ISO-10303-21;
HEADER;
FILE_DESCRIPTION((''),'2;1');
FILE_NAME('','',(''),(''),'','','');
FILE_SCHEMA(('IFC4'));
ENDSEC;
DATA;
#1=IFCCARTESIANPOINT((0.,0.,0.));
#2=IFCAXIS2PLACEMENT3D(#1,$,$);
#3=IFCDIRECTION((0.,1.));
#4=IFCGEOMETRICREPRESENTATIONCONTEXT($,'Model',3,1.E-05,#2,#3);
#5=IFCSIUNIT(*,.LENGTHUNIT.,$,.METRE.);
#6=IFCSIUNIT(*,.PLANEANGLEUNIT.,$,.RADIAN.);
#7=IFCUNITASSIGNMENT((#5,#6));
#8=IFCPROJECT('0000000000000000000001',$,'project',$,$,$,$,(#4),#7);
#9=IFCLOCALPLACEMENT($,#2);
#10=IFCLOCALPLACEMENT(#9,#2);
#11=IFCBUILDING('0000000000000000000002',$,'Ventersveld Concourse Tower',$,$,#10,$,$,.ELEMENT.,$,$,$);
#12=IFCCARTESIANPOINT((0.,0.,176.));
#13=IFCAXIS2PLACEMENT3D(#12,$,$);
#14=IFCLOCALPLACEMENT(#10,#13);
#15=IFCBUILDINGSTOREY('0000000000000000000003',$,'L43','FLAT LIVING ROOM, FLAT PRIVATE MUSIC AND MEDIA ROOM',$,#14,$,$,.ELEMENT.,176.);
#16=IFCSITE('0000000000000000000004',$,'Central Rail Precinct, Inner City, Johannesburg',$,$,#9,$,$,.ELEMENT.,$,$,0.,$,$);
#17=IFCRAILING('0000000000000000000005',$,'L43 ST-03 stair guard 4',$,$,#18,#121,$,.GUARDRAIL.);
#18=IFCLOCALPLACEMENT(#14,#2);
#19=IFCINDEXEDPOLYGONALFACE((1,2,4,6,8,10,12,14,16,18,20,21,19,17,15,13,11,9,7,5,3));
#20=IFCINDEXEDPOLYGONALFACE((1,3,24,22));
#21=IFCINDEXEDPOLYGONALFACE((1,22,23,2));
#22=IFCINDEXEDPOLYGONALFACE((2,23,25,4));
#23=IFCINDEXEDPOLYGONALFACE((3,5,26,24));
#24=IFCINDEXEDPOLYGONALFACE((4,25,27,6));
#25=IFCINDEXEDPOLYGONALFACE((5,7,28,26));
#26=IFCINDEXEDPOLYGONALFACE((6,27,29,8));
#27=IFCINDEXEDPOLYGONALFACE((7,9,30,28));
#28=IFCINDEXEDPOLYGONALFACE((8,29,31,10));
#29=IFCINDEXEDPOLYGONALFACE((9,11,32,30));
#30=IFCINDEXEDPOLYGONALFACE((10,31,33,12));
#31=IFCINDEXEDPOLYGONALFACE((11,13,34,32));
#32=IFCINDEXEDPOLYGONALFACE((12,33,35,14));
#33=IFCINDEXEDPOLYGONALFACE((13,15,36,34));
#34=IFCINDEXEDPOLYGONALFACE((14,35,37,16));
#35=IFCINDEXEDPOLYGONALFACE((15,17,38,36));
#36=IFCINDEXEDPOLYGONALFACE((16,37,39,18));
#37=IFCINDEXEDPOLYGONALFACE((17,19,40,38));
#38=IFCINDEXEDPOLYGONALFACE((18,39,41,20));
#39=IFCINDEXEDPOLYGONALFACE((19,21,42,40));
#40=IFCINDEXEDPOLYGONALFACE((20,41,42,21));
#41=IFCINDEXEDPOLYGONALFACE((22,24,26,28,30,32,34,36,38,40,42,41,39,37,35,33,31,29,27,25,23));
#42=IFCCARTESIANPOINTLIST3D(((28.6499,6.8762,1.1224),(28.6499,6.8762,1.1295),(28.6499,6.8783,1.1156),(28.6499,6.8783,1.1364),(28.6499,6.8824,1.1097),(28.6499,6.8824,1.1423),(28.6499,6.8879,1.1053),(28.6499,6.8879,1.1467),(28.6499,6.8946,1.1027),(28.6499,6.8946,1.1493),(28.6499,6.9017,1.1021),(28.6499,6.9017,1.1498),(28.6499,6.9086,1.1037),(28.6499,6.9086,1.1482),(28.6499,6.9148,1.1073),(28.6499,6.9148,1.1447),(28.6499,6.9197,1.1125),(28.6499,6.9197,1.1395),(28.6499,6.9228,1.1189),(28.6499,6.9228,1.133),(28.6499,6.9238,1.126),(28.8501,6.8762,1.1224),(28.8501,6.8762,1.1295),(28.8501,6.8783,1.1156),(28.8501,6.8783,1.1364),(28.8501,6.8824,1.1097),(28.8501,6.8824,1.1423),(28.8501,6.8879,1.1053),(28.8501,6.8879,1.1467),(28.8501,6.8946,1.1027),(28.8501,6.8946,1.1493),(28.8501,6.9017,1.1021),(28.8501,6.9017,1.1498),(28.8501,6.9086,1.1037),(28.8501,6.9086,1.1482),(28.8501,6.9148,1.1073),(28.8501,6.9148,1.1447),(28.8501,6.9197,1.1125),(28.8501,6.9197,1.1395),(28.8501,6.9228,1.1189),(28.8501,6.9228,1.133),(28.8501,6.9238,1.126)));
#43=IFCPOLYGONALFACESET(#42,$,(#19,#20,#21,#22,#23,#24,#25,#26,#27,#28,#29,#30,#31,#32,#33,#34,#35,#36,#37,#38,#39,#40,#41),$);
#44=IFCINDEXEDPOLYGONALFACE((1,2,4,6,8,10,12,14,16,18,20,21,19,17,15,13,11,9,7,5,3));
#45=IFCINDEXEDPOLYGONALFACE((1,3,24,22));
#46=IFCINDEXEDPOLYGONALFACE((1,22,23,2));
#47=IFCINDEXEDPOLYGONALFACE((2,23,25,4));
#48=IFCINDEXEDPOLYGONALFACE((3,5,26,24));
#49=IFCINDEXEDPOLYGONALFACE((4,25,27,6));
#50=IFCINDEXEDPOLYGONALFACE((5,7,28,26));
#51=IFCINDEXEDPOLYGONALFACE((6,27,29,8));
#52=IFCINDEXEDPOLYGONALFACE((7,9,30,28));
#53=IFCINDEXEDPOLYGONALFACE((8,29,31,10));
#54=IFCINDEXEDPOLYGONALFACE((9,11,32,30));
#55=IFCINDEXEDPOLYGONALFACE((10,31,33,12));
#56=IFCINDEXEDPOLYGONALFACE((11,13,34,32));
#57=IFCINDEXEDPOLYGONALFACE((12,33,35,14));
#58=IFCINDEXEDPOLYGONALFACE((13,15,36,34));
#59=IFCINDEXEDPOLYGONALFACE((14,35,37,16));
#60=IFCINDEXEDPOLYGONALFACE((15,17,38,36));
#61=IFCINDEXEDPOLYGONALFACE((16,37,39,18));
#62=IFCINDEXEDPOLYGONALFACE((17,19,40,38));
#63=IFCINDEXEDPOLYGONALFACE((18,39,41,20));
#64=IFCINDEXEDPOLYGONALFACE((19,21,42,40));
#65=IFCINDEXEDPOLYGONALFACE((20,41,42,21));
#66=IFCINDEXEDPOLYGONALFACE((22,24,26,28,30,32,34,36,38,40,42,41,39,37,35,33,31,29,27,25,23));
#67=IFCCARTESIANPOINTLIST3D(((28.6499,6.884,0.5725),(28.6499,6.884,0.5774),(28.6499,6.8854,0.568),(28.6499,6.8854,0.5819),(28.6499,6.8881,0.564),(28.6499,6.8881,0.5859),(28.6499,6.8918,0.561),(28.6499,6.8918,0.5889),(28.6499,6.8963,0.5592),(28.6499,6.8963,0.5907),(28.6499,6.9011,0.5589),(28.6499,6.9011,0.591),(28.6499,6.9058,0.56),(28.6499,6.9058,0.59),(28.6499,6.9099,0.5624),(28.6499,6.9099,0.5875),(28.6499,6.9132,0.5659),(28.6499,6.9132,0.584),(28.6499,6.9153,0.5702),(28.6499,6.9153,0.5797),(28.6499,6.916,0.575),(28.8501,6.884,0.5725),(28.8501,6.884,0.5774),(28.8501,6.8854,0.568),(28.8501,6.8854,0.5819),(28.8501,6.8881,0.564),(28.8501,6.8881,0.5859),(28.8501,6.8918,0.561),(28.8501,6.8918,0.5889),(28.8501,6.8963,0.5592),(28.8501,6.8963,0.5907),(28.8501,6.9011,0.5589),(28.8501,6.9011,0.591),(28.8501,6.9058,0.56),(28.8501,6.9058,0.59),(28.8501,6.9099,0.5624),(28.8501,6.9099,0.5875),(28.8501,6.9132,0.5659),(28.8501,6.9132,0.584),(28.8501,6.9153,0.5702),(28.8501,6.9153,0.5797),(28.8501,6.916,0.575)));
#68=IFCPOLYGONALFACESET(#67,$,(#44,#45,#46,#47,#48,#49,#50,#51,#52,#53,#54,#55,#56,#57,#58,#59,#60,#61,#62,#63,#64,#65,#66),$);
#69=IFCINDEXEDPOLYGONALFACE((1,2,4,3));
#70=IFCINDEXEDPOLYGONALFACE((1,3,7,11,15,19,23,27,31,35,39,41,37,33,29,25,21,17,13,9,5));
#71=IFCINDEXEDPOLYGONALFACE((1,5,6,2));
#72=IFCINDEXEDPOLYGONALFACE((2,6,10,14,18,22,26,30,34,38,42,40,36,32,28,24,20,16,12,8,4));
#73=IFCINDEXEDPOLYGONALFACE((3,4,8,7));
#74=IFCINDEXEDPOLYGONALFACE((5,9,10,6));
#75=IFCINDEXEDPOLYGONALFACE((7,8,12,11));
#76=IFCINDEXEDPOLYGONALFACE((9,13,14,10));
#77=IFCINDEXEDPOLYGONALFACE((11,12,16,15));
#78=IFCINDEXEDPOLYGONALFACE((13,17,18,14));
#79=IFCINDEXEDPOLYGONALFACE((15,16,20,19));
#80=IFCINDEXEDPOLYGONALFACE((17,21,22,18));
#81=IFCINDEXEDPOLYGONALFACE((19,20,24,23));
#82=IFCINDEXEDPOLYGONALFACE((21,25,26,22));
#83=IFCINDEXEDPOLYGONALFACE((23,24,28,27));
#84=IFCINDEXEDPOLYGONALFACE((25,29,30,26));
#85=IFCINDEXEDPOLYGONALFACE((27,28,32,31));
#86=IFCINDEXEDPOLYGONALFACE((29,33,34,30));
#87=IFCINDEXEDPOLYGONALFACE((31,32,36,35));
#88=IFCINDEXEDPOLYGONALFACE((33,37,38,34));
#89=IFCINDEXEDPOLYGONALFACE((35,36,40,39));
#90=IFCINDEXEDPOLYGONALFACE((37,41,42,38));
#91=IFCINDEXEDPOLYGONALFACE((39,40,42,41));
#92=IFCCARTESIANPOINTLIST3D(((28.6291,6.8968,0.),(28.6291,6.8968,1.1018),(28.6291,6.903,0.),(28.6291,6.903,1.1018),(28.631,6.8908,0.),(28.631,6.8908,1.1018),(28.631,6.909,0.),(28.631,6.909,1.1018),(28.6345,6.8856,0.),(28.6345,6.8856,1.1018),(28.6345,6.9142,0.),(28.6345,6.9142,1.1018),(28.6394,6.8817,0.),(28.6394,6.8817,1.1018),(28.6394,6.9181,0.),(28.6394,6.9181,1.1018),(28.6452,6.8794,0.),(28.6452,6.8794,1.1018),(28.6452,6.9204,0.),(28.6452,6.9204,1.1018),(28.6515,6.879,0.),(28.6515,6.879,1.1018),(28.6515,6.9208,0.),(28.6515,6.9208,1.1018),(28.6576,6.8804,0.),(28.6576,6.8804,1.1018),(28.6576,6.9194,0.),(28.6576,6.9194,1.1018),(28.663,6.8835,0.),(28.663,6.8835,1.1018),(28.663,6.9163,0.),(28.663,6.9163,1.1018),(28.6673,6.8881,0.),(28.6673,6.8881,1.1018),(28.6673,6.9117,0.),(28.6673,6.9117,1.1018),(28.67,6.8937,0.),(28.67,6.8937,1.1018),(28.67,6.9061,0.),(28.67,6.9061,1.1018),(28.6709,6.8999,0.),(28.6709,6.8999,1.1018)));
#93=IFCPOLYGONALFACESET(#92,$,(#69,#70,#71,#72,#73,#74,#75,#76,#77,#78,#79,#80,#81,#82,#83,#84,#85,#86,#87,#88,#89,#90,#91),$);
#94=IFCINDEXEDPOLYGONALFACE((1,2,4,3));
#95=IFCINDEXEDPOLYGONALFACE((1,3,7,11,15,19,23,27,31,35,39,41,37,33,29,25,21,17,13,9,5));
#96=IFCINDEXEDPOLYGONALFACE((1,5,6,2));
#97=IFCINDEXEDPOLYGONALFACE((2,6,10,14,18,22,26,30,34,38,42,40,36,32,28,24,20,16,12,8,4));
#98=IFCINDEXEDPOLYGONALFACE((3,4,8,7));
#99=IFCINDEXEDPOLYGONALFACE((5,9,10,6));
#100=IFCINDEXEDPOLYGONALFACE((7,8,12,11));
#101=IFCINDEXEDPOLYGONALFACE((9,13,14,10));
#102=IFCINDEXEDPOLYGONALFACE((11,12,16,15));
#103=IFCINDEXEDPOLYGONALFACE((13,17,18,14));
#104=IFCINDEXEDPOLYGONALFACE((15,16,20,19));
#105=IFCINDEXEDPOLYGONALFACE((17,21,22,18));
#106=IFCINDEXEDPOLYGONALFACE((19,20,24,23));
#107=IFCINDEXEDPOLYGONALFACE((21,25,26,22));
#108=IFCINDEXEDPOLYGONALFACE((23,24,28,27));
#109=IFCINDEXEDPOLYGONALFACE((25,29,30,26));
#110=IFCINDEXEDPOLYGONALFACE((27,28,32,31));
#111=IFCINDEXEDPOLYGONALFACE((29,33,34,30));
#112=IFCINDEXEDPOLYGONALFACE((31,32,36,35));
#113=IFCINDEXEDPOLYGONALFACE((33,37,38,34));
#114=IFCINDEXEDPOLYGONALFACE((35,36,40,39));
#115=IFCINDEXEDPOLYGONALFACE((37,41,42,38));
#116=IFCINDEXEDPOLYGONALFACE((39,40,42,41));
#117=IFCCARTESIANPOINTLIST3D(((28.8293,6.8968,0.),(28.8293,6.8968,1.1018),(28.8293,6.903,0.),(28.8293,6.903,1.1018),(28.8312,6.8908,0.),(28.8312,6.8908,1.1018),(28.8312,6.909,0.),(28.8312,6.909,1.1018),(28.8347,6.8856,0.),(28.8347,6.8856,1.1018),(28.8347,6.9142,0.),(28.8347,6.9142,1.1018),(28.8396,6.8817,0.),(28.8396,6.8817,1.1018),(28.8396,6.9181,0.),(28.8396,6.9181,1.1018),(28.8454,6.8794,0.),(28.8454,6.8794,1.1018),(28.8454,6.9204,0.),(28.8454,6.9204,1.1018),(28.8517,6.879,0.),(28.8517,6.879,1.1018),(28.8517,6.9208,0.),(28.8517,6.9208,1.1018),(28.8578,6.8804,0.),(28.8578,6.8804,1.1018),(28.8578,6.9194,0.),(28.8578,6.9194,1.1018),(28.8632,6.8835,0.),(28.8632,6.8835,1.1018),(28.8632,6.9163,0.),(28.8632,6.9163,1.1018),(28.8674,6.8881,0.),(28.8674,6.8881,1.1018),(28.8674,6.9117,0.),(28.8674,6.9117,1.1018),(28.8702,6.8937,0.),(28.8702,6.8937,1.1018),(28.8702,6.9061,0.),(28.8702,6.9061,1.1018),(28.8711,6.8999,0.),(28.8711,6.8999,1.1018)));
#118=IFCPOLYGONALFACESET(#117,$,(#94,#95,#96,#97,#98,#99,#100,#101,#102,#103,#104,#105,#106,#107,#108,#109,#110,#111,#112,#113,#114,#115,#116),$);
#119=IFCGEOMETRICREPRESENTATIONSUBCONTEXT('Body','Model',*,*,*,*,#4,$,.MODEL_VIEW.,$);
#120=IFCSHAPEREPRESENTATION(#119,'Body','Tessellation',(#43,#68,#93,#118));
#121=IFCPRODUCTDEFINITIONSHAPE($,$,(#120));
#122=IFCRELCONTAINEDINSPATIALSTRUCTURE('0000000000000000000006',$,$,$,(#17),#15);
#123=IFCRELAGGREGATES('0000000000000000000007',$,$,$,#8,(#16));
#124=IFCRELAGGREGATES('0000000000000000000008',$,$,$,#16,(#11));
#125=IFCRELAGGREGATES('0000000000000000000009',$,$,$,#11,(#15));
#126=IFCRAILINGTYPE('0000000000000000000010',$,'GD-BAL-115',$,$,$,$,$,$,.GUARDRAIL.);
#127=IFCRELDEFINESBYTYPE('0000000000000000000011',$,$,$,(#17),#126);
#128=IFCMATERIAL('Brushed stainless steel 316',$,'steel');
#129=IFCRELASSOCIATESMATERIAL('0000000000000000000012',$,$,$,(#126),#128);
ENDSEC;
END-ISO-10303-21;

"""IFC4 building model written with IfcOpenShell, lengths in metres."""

from ifc_helpers import new_model, si_unit, direction, frame, origin, origin_2d, place, context, subcontext, project, spatial, circle, extrude, material, type_object, element, save


model = new_model("IFC4")

# Units and contexts
model_context = context("Model", 3, precision=1e-05, world=origin(), true_north=direction((0.0, 1.0)))
body_context = subcontext(model_context, "Body", "Model", "MODEL_VIEW")
ifc_project = project(units=[si_unit("LENGTHUNIT", "METRE"), si_unit("PLANEANGLEUNIT", "RADIAN")], contexts=[model_context])

# Site, building, storey
site_placement = place(None, origin())
site = spatial("IfcSite", under=ifc_project, at=site_placement, Name="Central Rail Precinct, Inner City, Johannesburg", CompositionType="ELEMENT", RefElevation=0.0)
building_placement = place(site_placement, origin())
building = spatial("IfcBuilding", under=site, at=building_placement, Name="Ventersveld Concourse Tower", CompositionType="ELEMENT")
storey_placement = place(building_placement, frame((0.0, 0.0, 176.0)))
storey = spatial("IfcBuildingStorey", under=building, at=storey_placement, Name="L43", Description="FLAT LIVING ROOM, FLAT PRIVATE MUSIC AND MEDIA ROOM", CompositionType="ELEMENT", Elevation=176.0)

# Shared definitions
ifc_material_1 = material(Name="Brushed stainless steel 316", Category="steel")

# Railing
railing_type_1 = type_object("IfcRailingType", Name="GD-BAL-115", PredefinedType="GUARDRAIL", material=ifc_material_1)
railing_1_placement = place(storey_placement, frame((28.6499, 6.8999, 0.0)))
element("IfcRailing", 1, at=railing_1_placement, inside=storey, type_object=railing_type_1, Name="L43 ST-03 stair guard 4", PredefinedType="GUARDRAIL", context=body_context, shape_type="SweptSolid", body=[
    extrude(circle(Radius=0.0239, at=origin_2d()), frame((0.0, 0.0, 1.126), z_axis=(1.0, 0.0, 0.0), x_axis=(0.0, 1.0, 0.0)), (0.0, 0.0, 1.0), 0.2002),
    extrude(circle(Radius=0.0161, at=origin_2d()), frame((0.0, 0.0, 0.575), z_axis=(1.0, 0.0, 0.0), x_axis=(0.0, 1.0, 0.0)), (0.0, 0.0, 1.0), 0.2002),
    extrude(circle(Radius=0.021, at=origin_2d()), origin(), (0.0, 0.0, 1.0), 1.1018),
    extrude(circle(Radius=0.021, at=origin_2d()), frame((0.2002, 0.0, 0.0)), (0.0, 0.0, 1.0), 1.1018),
])

save(model, "model.ifc")
